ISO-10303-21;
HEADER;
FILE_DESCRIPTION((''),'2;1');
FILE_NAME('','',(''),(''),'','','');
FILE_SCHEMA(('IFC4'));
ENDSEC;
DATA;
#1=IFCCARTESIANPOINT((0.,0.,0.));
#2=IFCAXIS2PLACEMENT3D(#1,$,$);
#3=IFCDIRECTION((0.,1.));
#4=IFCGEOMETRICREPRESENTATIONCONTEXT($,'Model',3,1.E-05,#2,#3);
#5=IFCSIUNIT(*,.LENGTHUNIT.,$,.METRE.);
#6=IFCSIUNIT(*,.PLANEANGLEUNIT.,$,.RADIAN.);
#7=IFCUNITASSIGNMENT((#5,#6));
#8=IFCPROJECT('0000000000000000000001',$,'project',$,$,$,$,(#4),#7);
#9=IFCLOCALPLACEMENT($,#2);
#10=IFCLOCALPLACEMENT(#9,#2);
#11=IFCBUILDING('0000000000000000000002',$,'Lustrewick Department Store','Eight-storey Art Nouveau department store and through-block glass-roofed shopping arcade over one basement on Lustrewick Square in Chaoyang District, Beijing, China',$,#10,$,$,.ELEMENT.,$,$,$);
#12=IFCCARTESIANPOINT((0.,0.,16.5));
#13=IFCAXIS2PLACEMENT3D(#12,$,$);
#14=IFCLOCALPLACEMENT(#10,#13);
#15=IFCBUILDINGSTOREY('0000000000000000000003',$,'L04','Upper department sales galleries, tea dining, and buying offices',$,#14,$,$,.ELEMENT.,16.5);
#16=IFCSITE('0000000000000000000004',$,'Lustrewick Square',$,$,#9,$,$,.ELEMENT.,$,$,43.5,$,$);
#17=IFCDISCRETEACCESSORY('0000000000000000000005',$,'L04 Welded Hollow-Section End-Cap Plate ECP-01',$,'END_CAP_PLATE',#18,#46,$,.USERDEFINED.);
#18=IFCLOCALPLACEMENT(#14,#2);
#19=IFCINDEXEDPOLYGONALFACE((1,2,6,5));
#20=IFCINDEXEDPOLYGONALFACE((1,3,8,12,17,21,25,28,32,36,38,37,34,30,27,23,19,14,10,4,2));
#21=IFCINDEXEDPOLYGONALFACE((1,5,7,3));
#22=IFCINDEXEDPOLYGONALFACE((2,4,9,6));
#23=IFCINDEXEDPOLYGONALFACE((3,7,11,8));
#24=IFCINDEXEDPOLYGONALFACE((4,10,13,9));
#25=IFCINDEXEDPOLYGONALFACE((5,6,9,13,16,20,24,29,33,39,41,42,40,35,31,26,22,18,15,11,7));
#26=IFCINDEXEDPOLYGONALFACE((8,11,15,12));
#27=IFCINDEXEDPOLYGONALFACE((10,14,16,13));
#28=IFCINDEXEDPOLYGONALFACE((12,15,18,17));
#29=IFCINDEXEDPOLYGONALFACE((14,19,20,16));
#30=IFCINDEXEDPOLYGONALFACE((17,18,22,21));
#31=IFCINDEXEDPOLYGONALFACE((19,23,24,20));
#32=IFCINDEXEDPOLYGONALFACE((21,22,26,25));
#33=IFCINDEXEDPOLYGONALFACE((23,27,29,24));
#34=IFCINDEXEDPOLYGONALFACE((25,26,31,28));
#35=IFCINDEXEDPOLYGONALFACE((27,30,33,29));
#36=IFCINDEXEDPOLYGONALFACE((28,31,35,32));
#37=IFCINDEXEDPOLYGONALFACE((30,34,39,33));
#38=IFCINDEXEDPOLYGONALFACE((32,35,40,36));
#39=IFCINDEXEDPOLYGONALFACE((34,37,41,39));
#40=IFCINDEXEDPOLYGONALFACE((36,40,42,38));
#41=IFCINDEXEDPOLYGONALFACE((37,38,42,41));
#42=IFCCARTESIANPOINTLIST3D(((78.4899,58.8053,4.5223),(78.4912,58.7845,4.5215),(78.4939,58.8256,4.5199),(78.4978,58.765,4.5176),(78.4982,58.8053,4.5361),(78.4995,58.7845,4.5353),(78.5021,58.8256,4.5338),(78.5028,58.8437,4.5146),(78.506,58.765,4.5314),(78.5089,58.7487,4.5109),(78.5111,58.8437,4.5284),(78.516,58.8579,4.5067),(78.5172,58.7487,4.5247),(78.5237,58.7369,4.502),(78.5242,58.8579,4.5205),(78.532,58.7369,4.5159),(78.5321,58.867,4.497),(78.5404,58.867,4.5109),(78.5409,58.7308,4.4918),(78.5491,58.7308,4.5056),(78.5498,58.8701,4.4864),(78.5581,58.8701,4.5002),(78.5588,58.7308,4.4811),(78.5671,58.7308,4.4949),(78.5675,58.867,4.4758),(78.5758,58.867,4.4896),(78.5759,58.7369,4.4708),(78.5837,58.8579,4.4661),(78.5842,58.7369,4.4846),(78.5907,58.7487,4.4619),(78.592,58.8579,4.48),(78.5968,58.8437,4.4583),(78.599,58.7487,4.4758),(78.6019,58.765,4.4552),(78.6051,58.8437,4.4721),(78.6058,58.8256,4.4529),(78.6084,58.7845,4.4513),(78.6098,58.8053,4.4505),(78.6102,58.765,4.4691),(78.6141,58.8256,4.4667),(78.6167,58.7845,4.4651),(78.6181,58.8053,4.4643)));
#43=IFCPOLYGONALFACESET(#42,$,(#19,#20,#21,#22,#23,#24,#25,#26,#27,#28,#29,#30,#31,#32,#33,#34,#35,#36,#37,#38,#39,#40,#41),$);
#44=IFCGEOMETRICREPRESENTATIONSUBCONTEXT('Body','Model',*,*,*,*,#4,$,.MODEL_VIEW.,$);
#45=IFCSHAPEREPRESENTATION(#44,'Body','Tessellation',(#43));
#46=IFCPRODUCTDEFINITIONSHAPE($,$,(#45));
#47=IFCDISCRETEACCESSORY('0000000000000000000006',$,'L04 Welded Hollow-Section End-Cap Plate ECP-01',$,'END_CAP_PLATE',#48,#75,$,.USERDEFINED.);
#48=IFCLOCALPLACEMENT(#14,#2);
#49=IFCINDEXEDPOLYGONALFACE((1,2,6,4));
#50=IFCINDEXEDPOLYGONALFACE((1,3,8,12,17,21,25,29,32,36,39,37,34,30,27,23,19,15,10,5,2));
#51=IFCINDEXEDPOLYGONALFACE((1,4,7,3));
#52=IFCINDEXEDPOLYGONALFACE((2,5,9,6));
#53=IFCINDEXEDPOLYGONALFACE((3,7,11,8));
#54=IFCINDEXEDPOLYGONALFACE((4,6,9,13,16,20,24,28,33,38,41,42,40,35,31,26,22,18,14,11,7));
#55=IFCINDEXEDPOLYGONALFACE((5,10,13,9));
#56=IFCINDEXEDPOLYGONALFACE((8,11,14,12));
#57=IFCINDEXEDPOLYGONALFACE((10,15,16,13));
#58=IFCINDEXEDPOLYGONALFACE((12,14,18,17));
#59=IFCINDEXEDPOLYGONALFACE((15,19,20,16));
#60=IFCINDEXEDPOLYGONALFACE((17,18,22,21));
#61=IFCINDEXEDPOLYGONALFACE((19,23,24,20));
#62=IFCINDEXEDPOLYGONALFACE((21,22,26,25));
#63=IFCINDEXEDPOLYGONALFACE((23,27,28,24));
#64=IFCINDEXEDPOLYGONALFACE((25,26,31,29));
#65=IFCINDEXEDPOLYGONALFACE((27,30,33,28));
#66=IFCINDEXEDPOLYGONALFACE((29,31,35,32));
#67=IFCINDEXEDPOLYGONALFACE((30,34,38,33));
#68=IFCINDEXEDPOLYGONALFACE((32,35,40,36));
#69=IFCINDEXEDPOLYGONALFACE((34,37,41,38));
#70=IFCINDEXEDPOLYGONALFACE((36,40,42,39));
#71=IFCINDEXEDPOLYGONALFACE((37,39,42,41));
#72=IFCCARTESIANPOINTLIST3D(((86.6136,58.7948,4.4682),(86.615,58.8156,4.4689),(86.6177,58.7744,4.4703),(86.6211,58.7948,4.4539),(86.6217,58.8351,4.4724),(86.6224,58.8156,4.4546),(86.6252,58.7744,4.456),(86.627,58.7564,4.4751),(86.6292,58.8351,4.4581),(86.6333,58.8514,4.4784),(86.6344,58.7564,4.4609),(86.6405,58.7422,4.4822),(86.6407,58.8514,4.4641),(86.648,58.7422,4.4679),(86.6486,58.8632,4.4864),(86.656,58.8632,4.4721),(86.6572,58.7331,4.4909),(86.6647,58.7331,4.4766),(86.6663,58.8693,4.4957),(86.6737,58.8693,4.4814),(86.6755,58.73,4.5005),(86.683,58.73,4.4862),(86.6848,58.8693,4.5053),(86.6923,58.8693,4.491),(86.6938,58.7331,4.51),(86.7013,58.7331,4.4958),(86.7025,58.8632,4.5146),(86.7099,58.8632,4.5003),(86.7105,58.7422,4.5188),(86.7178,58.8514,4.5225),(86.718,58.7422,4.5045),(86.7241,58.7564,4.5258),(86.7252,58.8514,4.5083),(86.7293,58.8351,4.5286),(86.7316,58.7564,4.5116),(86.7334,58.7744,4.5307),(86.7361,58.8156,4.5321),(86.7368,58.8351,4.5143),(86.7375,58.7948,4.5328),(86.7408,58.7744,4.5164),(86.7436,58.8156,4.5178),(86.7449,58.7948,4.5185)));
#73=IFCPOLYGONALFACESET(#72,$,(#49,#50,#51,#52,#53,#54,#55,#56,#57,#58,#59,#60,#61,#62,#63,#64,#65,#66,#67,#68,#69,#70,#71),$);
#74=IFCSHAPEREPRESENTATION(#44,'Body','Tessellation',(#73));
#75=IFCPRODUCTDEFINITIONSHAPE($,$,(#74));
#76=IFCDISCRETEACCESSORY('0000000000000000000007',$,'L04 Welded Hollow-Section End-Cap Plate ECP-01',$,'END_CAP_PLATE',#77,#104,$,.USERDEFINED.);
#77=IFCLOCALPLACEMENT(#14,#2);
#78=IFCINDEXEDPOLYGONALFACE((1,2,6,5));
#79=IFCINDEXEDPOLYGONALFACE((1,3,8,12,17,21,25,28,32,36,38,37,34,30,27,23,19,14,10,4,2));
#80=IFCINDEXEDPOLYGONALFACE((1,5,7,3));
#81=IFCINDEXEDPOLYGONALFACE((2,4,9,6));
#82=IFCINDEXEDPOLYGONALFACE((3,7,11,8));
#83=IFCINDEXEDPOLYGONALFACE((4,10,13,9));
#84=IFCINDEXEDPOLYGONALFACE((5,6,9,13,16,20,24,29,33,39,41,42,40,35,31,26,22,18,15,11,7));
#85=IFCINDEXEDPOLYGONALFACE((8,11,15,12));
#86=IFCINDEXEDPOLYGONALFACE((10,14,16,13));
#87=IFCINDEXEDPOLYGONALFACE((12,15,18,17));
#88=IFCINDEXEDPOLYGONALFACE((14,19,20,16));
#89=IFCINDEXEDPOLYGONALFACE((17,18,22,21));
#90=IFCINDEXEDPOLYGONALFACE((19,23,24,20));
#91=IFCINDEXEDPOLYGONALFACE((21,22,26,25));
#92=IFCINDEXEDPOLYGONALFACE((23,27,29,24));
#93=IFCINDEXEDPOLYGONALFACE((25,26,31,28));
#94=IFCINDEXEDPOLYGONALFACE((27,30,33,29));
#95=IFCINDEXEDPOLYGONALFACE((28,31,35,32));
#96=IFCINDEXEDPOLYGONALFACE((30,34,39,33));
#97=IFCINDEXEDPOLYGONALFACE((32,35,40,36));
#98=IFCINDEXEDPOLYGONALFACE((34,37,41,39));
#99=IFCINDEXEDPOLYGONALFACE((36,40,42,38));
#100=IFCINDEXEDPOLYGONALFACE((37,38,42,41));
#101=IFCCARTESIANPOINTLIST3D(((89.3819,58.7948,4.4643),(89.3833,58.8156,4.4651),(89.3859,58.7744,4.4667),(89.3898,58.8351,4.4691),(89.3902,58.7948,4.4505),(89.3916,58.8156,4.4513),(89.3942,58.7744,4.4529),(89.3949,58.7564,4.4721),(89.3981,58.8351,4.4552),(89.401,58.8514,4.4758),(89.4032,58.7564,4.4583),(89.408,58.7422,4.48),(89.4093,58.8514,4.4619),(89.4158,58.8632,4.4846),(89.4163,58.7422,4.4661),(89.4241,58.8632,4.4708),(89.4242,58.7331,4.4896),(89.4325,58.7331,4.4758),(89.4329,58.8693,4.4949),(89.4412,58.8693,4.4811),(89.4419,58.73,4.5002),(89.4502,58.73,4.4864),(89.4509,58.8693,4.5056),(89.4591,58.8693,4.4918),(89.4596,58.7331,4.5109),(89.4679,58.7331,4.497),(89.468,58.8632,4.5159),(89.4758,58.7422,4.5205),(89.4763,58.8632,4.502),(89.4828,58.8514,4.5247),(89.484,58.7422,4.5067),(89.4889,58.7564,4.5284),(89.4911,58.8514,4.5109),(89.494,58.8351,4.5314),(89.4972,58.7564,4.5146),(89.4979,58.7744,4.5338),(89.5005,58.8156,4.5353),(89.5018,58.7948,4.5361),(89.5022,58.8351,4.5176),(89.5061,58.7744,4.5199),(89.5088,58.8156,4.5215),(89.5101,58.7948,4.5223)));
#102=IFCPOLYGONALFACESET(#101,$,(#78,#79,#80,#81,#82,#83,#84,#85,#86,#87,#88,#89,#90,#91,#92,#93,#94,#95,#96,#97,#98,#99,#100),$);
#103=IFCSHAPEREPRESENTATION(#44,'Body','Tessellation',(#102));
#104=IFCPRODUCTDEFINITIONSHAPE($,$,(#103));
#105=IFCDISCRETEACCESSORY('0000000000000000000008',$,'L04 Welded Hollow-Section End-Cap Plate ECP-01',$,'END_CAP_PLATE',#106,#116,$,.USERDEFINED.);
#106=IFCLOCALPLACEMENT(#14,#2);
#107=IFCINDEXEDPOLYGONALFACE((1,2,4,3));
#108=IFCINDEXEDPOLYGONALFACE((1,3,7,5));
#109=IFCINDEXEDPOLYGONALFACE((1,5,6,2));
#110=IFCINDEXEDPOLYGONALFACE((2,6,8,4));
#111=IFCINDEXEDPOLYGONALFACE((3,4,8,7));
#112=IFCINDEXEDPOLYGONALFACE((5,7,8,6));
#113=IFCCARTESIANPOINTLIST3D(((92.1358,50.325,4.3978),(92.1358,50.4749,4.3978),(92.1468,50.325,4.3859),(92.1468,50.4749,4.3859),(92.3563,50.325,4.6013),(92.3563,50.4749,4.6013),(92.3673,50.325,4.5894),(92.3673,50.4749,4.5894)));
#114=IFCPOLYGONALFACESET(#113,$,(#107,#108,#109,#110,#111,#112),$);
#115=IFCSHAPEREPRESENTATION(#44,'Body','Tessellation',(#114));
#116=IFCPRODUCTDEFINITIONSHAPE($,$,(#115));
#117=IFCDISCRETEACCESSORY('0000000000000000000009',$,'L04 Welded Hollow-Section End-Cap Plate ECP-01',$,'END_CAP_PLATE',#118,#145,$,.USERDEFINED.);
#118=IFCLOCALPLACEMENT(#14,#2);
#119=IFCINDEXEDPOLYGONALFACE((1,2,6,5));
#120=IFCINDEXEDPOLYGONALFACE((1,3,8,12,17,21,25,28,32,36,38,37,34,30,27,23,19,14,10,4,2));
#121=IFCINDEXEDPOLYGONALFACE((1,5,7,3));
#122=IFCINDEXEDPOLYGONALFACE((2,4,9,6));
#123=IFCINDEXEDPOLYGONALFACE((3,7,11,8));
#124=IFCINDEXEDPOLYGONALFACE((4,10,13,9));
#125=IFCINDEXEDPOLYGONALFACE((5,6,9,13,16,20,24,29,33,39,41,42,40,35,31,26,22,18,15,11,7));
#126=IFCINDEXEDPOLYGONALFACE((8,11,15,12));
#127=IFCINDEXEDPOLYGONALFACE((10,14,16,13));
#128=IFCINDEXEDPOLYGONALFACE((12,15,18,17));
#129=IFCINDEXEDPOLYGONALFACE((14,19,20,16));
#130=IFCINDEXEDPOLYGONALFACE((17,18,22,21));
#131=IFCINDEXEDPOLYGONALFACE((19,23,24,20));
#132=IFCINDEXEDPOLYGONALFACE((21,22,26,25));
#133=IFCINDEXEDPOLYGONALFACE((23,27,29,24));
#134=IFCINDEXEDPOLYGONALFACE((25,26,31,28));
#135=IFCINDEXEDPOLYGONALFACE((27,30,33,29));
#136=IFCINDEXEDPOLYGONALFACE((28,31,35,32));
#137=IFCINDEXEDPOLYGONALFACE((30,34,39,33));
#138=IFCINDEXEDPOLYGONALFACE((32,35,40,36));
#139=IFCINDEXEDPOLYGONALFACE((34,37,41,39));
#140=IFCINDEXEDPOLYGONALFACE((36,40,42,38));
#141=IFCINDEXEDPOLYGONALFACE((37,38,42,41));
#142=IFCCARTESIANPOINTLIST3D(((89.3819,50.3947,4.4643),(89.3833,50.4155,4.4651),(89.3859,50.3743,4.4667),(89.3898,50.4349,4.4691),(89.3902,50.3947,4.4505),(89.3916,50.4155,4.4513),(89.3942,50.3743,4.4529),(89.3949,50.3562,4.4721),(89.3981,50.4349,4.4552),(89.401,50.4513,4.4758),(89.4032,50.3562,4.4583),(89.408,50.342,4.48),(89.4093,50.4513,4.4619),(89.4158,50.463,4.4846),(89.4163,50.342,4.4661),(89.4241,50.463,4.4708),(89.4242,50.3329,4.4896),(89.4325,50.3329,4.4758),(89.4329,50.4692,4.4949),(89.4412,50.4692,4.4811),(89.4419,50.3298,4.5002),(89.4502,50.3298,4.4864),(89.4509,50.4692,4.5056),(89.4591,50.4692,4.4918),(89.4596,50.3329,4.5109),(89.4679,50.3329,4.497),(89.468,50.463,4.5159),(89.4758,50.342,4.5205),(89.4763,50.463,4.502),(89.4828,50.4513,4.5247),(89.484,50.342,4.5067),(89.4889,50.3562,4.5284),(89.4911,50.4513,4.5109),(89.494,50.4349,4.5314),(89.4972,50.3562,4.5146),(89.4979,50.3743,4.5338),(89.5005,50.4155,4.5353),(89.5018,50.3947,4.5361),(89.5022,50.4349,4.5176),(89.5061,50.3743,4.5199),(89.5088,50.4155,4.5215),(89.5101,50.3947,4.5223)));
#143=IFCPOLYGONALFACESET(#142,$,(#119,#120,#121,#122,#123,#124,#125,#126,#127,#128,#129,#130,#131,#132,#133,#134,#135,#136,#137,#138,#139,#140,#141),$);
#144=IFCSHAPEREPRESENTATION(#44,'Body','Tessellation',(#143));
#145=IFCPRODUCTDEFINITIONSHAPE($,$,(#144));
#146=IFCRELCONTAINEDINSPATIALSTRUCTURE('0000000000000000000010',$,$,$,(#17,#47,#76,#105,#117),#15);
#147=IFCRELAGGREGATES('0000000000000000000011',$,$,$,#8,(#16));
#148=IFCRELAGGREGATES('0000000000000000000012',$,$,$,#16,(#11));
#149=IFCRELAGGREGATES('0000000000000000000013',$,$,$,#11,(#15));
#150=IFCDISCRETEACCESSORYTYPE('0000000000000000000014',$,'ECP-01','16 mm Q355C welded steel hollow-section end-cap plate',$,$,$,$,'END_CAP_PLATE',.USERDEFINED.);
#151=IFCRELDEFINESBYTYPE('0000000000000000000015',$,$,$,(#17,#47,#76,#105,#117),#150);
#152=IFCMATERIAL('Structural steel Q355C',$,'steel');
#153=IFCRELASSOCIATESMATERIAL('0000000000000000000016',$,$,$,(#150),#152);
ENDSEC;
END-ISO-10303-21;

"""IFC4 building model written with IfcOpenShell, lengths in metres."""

from ifc_helpers import new_model, si_unit, direction, frame, origin, origin_2d, place, context, subcontext, project, spatial, rectangle, circle, extrude, material, type_object, element, save


model = new_model("IFC4")

# Units and contexts
model_context = context("Model", 3, precision=1e-05, world=origin(), true_north=direction((0.0, 1.0)))
body_context = subcontext(model_context, "Body", "Model", "MODEL_VIEW")
ifc_project = project(units=[si_unit("LENGTHUNIT", "METRE"), si_unit("PLANEANGLEUNIT", "RADIAN")], contexts=[model_context])

# Site, building, storey
site_placement = place(None, origin())
site = spatial("IfcSite", under=ifc_project, at=site_placement, Name="Lustrewick Square", CompositionType="ELEMENT", RefElevation=43.5)
building_placement = place(site_placement, origin())
building = spatial("IfcBuilding", under=site, at=building_placement, Name="Lustrewick Department Store", Description="Eight-storey Art Nouveau department store and through-block glass-roofed shopping arcade over one basement on Lustrewick Square in Chaoyang District, Beijing, China", CompositionType="ELEMENT")
storey_placement = place(building_placement, frame((0.0, 0.0, 16.5)))
storey = spatial("IfcBuildingStorey", under=building, at=storey_placement, Name="L04", Description="Upper department sales galleries, tea dining, and buying offices", CompositionType="ELEMENT", Elevation=16.5)

# Shared definitions
ifc_material_1 = material(Name="Structural steel Q355C", Category="steel")

# Discrete accessories
discrete_accessory_type = type_object("IfcDiscreteAccessoryType", Name="ECP-01", Description="16 mm Q355C welded steel hollow-section end-cap plate", ElementType="END_CAP_PLATE", PredefinedType="USERDEFINED", material=ifc_material_1)
for number, where, z_axis, x_axis, name in (
    (1, (78.5581, 58.8, 4.5002), (-0.513782, 0.0, -0.857921), (0.0, 1.0, 0.0), "L04 Welded Hollow-Section End-Cap Plate ECP-01"),
    (2, (86.6755, 58.8, 4.5005), (0.462788, 0.0, -0.886469), (0.0, -1.0, 0.0), "L04 Welded Hollow-Section End-Cap Plate ECP-01"),
    (3, (89.4419, 58.8, 4.5002), (0.513782, 0.0, -0.857921), (0.0, -1.0, 0.0), "L04 Welded Hollow-Section End-Cap Plate ECP-01"),
):
    element("IfcDiscreteAccessory", number, at=place(storey_placement, frame(where, z_axis=z_axis, x_axis=x_axis)), inside=storey, type_object=discrete_accessory_type, Name=name, ObjectType="END_CAP_PLATE", PredefinedType="USERDEFINED", context=body_context, shape_type="SweptSolid", body=[
        extrude(circle(Radius=0.0701, at=origin_2d()), origin(), (0.0, 0.0, 1.0), 0.0161),
    ])
discrete_accessory_1_placement = place(storey_placement, frame((92.2461, 50.3999, 4.4995), z_axis=(0.678234, 0.0, -0.734846), x_axis=(0.0, 1.0, 0.0)))
element("IfcDiscreteAccessory", 4, at=discrete_accessory_1_placement, inside=storey, type_object=discrete_accessory_type, Name="L04 Welded Hollow-Section End-Cap Plate ECP-01", ObjectType="END_CAP_PLATE", PredefinedType="USERDEFINED", context=body_context, shape_type="SweptSolid", body=[
    extrude(rectangle(XDim=0.1499, YDim=0.3, at=origin_2d()), origin(), (0.0, 0.0, 1.0), 0.0161),
])
discrete_accessory_2_placement = place(storey_placement, frame((89.4419, 50.3999, 4.5002), z_axis=(0.513782, 0.0, -0.857921), x_axis=(0.0, -1.0, 0.0)))
element("IfcDiscreteAccessory", 5, at=discrete_accessory_2_placement, inside=storey, type_object=discrete_accessory_type, Name="L04 Welded Hollow-Section End-Cap Plate ECP-01", ObjectType="END_CAP_PLATE", PredefinedType="USERDEFINED", context=body_context, shape_type="SweptSolid", body=[
    extrude(circle(Radius=0.0701, at=origin_2d()), origin(), (0.0, 0.0, 1.0), 0.0161),
])

save(model, "model.ifc")
